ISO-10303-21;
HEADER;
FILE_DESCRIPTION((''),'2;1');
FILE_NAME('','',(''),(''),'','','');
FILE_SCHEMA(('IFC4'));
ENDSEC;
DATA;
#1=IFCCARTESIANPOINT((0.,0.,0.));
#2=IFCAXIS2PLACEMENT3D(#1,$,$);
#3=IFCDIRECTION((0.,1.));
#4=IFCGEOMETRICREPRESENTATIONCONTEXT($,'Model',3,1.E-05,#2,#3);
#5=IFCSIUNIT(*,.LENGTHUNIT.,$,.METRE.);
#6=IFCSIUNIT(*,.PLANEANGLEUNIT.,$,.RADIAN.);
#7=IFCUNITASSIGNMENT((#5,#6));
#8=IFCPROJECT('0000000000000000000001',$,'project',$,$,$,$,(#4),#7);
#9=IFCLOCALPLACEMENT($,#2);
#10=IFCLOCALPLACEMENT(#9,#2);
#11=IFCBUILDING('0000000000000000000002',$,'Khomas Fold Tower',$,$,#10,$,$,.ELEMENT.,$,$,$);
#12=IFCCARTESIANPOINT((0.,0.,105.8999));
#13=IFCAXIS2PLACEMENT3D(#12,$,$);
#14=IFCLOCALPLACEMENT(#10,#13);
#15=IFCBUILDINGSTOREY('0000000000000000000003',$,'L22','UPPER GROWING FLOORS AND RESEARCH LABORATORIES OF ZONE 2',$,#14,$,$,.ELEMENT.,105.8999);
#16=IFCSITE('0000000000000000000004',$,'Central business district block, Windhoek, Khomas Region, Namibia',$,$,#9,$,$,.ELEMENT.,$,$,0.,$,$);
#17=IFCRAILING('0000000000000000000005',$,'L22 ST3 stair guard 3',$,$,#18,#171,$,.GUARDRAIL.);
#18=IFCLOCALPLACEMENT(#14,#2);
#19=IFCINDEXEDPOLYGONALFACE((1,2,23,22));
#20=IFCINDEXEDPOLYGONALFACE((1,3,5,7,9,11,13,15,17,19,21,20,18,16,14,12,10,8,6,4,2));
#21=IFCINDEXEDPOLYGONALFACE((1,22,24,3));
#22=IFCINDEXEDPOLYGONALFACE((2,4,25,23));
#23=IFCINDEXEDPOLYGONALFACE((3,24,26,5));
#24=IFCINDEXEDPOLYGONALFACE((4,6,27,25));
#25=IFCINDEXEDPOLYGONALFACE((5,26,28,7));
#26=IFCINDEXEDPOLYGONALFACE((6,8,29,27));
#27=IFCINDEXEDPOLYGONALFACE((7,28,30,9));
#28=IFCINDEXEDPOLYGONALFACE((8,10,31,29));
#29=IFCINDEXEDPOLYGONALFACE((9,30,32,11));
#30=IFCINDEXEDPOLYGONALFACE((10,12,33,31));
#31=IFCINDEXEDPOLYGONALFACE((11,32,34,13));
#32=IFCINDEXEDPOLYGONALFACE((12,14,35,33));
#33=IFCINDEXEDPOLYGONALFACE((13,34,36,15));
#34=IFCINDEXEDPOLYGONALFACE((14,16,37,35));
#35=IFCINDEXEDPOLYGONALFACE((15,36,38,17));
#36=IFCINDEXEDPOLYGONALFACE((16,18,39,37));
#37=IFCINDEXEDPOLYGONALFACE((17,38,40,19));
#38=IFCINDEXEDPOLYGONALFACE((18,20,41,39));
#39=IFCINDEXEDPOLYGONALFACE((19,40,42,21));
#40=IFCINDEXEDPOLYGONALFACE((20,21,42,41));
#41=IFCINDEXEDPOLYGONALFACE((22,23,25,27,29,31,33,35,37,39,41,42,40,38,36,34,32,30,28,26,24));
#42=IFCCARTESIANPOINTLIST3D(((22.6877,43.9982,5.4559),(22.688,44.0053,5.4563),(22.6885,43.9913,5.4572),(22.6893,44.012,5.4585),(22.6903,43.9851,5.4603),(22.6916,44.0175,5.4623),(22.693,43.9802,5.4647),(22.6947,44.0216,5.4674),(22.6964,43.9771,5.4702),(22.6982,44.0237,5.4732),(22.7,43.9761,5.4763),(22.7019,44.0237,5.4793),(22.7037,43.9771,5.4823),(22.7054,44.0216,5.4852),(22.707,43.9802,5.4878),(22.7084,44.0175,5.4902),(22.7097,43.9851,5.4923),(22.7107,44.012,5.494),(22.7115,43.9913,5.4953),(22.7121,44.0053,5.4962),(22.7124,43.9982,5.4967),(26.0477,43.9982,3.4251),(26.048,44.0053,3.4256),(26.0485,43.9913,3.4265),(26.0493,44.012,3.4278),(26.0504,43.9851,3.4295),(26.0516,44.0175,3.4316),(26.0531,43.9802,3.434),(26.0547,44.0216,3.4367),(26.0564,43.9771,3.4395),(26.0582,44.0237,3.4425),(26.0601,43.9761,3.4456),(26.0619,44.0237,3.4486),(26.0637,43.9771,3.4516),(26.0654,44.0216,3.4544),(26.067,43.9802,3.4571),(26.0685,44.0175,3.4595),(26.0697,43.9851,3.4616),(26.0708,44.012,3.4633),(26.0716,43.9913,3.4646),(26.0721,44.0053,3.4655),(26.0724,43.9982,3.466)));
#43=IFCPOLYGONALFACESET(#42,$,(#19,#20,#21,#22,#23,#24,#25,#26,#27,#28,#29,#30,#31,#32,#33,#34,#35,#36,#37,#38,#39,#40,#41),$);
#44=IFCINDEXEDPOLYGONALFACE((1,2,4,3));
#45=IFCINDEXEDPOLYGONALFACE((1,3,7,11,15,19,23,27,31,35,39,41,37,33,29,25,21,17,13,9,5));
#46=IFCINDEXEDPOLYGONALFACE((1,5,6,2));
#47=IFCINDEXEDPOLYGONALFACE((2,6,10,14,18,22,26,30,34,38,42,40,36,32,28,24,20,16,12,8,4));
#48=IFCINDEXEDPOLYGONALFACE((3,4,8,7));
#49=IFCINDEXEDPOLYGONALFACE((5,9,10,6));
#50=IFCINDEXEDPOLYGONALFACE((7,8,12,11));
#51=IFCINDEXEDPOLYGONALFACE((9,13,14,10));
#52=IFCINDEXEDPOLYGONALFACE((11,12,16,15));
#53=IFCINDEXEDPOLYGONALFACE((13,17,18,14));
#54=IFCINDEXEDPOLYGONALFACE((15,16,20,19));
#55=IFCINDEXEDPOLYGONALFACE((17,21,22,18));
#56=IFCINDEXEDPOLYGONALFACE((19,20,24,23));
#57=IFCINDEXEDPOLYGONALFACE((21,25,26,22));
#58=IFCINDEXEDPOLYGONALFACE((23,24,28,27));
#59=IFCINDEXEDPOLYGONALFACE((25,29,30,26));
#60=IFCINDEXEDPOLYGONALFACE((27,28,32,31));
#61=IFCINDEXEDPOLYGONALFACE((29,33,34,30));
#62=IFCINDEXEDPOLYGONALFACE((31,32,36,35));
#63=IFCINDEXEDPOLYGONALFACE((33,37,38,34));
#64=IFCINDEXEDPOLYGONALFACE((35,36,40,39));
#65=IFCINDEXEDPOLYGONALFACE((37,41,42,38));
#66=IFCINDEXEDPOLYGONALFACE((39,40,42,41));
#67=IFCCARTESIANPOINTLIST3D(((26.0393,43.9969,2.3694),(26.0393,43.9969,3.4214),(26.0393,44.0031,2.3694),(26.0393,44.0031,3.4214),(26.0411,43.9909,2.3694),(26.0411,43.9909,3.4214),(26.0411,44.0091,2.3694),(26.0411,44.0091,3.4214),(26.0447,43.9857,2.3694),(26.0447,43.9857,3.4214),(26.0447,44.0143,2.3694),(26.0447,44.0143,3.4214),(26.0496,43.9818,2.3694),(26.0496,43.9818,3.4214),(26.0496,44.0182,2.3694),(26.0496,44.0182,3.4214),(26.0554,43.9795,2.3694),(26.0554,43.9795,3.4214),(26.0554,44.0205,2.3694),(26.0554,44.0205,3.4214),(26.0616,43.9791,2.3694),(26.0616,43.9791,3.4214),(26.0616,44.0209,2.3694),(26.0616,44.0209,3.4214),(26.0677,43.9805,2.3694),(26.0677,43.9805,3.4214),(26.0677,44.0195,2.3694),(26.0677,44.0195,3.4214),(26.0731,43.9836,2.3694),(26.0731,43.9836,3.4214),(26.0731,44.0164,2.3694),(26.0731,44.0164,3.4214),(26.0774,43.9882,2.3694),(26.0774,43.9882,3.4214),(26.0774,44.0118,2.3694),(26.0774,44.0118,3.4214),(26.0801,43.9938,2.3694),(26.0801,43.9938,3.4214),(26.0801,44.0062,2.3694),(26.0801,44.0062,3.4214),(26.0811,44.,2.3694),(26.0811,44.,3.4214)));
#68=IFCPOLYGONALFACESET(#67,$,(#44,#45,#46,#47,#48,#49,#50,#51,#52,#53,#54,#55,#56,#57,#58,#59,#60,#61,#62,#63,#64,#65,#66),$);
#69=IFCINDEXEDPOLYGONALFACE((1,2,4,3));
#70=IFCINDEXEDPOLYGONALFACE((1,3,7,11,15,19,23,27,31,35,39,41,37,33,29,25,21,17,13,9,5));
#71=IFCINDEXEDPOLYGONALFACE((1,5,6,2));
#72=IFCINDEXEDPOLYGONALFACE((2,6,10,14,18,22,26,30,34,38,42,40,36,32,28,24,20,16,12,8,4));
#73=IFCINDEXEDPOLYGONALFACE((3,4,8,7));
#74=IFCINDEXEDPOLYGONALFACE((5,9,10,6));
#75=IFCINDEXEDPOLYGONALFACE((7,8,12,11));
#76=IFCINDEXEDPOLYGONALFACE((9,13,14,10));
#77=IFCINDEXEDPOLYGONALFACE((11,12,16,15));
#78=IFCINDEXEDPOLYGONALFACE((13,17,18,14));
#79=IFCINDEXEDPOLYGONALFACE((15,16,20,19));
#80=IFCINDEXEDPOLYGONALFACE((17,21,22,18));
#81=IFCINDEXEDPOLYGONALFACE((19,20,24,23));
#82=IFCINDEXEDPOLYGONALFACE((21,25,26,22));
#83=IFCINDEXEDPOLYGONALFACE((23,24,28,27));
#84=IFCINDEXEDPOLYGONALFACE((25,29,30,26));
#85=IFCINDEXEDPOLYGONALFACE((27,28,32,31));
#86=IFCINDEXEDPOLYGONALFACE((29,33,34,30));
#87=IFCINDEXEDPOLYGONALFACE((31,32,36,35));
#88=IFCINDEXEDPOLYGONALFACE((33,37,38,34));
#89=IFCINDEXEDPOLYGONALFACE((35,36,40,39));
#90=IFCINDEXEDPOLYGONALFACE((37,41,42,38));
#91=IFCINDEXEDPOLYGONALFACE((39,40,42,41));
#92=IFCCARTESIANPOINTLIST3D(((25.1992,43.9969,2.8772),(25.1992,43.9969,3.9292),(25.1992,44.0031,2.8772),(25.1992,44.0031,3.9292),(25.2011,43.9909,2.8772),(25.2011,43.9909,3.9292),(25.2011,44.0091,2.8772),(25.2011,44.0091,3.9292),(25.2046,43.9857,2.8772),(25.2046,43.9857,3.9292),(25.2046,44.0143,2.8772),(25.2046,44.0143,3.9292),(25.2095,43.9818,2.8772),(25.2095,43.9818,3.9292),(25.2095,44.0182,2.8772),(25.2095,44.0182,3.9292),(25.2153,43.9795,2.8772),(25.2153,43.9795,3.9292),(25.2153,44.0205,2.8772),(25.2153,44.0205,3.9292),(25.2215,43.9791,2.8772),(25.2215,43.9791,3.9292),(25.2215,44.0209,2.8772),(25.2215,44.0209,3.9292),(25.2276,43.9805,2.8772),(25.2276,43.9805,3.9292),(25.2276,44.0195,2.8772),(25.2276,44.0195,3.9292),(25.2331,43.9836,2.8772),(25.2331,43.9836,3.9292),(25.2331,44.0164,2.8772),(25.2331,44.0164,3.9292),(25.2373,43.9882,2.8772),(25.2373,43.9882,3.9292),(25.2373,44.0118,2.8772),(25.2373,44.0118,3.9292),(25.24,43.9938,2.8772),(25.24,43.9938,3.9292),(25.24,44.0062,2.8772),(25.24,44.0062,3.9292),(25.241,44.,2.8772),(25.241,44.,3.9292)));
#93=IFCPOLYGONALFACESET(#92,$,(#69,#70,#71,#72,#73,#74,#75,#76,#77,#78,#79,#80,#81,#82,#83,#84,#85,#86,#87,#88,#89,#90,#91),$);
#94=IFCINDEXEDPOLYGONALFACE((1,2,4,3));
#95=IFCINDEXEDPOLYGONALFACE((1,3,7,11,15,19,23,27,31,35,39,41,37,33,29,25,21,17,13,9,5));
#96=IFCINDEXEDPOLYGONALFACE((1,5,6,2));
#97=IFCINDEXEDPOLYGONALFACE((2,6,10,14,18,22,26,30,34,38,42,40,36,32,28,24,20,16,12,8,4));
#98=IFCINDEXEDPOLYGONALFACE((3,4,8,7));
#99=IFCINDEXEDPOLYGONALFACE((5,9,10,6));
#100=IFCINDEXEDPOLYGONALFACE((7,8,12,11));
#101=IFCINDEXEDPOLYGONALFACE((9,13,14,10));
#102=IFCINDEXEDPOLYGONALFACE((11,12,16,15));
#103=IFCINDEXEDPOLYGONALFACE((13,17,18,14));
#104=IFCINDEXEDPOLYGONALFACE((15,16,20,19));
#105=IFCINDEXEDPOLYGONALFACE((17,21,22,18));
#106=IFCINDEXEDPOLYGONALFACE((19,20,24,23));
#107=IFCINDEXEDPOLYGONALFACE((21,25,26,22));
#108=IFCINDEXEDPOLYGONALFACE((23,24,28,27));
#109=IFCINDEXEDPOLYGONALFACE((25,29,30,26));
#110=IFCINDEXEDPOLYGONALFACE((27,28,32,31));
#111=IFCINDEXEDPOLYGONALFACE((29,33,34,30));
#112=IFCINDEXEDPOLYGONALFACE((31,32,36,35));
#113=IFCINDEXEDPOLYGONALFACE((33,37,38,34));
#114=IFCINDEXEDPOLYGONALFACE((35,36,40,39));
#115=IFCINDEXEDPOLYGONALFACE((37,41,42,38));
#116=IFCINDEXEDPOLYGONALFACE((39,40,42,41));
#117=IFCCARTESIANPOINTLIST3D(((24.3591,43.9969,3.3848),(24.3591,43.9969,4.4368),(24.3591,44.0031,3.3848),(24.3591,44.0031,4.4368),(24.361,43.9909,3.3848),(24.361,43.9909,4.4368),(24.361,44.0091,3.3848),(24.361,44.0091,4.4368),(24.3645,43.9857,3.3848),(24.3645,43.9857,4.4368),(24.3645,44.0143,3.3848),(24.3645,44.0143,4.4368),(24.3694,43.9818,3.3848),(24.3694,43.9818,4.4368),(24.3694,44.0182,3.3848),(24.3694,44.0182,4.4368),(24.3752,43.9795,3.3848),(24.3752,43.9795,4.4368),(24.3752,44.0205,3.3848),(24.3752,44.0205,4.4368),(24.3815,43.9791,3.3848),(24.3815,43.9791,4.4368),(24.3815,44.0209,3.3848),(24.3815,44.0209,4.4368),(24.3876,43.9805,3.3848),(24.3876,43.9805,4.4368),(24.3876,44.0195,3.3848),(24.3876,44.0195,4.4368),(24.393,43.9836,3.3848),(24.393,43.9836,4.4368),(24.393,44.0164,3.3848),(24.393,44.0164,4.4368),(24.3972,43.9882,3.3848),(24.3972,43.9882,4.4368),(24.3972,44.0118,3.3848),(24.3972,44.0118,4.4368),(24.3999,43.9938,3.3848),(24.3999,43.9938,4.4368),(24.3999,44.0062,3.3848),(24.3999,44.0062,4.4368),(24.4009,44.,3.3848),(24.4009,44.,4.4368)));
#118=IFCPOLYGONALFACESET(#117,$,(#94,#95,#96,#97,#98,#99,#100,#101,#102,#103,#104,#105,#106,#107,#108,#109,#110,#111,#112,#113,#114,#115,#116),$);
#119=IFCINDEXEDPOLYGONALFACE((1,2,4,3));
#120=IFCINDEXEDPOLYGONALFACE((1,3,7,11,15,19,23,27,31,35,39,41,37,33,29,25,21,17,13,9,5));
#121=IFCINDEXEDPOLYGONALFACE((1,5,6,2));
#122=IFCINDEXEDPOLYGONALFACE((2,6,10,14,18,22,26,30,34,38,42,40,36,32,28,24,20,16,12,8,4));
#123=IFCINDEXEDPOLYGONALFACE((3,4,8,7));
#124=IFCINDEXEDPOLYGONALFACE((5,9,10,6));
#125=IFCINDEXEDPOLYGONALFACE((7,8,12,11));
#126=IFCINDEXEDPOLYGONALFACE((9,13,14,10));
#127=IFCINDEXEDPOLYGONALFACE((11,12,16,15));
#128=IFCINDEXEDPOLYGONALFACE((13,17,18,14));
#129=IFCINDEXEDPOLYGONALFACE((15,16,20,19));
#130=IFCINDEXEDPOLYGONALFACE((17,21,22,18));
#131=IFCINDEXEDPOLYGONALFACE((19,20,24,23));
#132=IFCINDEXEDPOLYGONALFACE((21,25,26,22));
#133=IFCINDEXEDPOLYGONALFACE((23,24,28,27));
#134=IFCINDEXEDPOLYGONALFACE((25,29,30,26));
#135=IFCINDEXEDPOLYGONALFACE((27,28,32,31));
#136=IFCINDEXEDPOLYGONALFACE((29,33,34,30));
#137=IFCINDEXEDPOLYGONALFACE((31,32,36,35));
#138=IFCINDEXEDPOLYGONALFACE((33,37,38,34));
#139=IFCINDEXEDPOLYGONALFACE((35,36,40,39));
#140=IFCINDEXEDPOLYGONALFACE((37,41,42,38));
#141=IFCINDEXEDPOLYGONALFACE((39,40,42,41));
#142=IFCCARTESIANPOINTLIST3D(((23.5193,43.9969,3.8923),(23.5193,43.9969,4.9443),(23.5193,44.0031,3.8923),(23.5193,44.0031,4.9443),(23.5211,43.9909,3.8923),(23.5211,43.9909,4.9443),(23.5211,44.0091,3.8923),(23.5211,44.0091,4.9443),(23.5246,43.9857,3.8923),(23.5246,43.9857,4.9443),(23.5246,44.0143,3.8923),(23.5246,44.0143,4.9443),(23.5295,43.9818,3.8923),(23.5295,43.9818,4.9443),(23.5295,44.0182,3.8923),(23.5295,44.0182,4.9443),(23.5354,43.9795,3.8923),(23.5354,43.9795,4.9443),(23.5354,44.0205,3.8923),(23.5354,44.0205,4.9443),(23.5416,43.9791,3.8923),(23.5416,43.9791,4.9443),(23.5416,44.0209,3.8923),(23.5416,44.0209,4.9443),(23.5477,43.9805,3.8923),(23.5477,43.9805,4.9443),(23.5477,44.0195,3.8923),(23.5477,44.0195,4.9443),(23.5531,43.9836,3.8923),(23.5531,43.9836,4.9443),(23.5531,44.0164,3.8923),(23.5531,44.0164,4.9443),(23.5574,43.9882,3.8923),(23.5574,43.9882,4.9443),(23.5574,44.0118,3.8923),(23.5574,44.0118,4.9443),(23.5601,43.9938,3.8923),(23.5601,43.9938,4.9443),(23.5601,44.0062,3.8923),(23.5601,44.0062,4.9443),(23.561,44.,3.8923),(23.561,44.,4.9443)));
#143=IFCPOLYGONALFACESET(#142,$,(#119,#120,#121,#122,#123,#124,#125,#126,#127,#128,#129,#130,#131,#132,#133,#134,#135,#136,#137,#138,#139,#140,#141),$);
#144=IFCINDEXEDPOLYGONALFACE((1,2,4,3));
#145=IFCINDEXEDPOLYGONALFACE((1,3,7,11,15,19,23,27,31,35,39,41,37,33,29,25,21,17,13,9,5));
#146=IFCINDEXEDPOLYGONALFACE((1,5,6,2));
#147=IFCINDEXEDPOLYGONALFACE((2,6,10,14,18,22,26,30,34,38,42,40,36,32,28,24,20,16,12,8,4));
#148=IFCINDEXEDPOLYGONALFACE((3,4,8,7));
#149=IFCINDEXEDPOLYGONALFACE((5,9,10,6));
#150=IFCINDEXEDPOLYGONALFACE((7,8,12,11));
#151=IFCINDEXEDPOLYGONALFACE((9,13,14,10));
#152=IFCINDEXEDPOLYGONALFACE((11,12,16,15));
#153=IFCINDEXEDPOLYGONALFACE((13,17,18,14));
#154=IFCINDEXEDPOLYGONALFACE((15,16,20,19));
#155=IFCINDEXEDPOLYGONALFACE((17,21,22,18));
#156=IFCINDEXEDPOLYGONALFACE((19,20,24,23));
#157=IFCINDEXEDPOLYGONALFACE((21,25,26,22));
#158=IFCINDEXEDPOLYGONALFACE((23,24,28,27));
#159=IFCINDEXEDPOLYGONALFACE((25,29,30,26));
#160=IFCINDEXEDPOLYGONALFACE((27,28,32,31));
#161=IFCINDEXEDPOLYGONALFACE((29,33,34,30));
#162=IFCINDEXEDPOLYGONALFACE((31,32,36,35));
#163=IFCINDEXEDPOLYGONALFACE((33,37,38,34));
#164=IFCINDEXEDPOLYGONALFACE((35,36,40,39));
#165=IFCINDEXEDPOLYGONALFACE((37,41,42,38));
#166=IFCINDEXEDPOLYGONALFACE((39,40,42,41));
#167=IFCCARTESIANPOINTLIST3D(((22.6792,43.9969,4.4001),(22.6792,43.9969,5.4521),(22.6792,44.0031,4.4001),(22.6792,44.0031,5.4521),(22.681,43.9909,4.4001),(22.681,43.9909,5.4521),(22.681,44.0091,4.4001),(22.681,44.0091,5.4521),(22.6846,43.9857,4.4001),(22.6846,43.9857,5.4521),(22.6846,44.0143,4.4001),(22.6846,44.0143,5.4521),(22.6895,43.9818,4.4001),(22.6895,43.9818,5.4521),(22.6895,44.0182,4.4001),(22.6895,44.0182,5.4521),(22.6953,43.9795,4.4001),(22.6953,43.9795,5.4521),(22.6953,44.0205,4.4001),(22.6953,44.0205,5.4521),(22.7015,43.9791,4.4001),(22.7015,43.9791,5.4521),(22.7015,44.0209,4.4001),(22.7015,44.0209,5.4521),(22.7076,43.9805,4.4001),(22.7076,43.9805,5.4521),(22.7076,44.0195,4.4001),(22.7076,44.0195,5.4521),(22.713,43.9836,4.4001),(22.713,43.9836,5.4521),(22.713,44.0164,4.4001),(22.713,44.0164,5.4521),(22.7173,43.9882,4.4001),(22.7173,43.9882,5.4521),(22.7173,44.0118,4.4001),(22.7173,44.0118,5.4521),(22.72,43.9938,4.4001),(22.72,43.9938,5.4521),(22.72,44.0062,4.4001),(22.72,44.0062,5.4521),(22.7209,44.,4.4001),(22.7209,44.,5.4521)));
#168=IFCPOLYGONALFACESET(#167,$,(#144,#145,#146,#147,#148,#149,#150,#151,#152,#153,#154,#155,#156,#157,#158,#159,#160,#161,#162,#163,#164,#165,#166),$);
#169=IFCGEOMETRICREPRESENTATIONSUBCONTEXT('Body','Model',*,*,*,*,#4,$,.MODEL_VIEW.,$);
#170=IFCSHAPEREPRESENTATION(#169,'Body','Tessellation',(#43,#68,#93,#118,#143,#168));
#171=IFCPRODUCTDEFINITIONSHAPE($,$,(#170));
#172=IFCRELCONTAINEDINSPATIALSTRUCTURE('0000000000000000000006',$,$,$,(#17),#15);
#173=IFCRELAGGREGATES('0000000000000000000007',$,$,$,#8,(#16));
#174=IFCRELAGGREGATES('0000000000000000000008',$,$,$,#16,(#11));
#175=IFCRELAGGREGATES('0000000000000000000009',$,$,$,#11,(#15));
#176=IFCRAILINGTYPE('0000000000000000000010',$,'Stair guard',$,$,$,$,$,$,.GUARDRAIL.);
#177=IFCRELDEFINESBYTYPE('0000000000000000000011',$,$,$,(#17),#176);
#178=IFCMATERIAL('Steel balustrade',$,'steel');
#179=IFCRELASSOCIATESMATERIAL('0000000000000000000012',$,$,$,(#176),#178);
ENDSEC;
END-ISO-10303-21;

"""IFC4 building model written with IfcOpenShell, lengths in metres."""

from ifc_helpers import new_model, si_unit, direction, frame, origin, origin_2d, place, context, subcontext, project, spatial, circle, extrude, source, transform, mapped, material, type_object, element, save


model = new_model("IFC4")

# Units and contexts
model_context = context("Model", 3, precision=1e-05, world=origin(), true_north=direction((0.0, 1.0)))
body_context = subcontext(model_context, "Body", "Model", "MODEL_VIEW")
ifc_project = project(units=[si_unit("LENGTHUNIT", "METRE"), si_unit("PLANEANGLEUNIT", "RADIAN")], contexts=[model_context])

# Site, building, storey
site_placement = place(None, origin())
site = spatial("IfcSite", under=ifc_project, at=site_placement, Name="Central business district block, Windhoek, Khomas Region, Namibia", CompositionType="ELEMENT", RefElevation=0.0)
building_placement = place(site_placement, origin())
building = spatial("IfcBuilding", under=site, at=building_placement, Name="Khomas Fold Tower", CompositionType="ELEMENT")
storey_placement = place(building_placement, frame((0.0, 0.0, 105.8999)))
storey = spatial("IfcBuildingStorey", under=building, at=storey_placement, Name="L22", Description="UPPER GROWING FLOORS AND RESEARCH LABORATORIES OF ZONE 2", CompositionType="ELEMENT", Elevation=105.8999)

# Railing
ifc_material_1 = material(Name="Steel balustrade", Category="steel")
railing_type_1 = type_object("IfcRailingType", Name="Stair guard", PredefinedType="GUARDRAIL", material=ifc_material_1)
shared_shape_1 = source(origin(), body_context, "Body", "SweptSolid", [
    extrude(circle(Radius=0.0239, at=origin_2d()), frame((0.0, 0.0, 1.0762), z_axis=(-0.855837, 0.0, 0.517246), x_axis=(0.0, -1.0, 0.0)), (0.0, 0.0, 1.0), 3.926),
    extrude(circle(Radius=0.021, at=origin_2d()), origin(), (0.0, 0.0, 1.0), 1.052),
    extrude(circle(Radius=0.021, at=origin_2d()), frame((-0.8401, 0.0, 0.5078)), (0.0, 0.0, 1.0), 1.052),
    extrude(circle(Radius=0.021, at=origin_2d()), frame((-1.6802, 0.0, 1.0154)), (0.0, 0.0, 1.0), 1.052),
    extrude(circle(Radius=0.021, at=origin_2d()), frame((-2.52, 0.0, 1.5229)), (0.0, 0.0, 1.0), 1.052),
    extrude(circle(Radius=0.021, at=origin_2d()), frame((-3.3601, 0.0, 2.0308)), (0.0, 0.0, 1.0), 1.052),
])
railing_1_placement = place(storey_placement, frame((26.0601, 44.0, 2.3694)))
element("IfcRailing", 1, at=railing_1_placement, inside=storey, type_object=railing_type_1, Name="L22 ST3 stair guard 3", PredefinedType="GUARDRAIL", context=body_context, shape_type="MappedRepresentation", body=[
    mapped(shared_shape_1, transform((0.0, 0.0, 0.0))),
])

save(model, "model.ifc")
